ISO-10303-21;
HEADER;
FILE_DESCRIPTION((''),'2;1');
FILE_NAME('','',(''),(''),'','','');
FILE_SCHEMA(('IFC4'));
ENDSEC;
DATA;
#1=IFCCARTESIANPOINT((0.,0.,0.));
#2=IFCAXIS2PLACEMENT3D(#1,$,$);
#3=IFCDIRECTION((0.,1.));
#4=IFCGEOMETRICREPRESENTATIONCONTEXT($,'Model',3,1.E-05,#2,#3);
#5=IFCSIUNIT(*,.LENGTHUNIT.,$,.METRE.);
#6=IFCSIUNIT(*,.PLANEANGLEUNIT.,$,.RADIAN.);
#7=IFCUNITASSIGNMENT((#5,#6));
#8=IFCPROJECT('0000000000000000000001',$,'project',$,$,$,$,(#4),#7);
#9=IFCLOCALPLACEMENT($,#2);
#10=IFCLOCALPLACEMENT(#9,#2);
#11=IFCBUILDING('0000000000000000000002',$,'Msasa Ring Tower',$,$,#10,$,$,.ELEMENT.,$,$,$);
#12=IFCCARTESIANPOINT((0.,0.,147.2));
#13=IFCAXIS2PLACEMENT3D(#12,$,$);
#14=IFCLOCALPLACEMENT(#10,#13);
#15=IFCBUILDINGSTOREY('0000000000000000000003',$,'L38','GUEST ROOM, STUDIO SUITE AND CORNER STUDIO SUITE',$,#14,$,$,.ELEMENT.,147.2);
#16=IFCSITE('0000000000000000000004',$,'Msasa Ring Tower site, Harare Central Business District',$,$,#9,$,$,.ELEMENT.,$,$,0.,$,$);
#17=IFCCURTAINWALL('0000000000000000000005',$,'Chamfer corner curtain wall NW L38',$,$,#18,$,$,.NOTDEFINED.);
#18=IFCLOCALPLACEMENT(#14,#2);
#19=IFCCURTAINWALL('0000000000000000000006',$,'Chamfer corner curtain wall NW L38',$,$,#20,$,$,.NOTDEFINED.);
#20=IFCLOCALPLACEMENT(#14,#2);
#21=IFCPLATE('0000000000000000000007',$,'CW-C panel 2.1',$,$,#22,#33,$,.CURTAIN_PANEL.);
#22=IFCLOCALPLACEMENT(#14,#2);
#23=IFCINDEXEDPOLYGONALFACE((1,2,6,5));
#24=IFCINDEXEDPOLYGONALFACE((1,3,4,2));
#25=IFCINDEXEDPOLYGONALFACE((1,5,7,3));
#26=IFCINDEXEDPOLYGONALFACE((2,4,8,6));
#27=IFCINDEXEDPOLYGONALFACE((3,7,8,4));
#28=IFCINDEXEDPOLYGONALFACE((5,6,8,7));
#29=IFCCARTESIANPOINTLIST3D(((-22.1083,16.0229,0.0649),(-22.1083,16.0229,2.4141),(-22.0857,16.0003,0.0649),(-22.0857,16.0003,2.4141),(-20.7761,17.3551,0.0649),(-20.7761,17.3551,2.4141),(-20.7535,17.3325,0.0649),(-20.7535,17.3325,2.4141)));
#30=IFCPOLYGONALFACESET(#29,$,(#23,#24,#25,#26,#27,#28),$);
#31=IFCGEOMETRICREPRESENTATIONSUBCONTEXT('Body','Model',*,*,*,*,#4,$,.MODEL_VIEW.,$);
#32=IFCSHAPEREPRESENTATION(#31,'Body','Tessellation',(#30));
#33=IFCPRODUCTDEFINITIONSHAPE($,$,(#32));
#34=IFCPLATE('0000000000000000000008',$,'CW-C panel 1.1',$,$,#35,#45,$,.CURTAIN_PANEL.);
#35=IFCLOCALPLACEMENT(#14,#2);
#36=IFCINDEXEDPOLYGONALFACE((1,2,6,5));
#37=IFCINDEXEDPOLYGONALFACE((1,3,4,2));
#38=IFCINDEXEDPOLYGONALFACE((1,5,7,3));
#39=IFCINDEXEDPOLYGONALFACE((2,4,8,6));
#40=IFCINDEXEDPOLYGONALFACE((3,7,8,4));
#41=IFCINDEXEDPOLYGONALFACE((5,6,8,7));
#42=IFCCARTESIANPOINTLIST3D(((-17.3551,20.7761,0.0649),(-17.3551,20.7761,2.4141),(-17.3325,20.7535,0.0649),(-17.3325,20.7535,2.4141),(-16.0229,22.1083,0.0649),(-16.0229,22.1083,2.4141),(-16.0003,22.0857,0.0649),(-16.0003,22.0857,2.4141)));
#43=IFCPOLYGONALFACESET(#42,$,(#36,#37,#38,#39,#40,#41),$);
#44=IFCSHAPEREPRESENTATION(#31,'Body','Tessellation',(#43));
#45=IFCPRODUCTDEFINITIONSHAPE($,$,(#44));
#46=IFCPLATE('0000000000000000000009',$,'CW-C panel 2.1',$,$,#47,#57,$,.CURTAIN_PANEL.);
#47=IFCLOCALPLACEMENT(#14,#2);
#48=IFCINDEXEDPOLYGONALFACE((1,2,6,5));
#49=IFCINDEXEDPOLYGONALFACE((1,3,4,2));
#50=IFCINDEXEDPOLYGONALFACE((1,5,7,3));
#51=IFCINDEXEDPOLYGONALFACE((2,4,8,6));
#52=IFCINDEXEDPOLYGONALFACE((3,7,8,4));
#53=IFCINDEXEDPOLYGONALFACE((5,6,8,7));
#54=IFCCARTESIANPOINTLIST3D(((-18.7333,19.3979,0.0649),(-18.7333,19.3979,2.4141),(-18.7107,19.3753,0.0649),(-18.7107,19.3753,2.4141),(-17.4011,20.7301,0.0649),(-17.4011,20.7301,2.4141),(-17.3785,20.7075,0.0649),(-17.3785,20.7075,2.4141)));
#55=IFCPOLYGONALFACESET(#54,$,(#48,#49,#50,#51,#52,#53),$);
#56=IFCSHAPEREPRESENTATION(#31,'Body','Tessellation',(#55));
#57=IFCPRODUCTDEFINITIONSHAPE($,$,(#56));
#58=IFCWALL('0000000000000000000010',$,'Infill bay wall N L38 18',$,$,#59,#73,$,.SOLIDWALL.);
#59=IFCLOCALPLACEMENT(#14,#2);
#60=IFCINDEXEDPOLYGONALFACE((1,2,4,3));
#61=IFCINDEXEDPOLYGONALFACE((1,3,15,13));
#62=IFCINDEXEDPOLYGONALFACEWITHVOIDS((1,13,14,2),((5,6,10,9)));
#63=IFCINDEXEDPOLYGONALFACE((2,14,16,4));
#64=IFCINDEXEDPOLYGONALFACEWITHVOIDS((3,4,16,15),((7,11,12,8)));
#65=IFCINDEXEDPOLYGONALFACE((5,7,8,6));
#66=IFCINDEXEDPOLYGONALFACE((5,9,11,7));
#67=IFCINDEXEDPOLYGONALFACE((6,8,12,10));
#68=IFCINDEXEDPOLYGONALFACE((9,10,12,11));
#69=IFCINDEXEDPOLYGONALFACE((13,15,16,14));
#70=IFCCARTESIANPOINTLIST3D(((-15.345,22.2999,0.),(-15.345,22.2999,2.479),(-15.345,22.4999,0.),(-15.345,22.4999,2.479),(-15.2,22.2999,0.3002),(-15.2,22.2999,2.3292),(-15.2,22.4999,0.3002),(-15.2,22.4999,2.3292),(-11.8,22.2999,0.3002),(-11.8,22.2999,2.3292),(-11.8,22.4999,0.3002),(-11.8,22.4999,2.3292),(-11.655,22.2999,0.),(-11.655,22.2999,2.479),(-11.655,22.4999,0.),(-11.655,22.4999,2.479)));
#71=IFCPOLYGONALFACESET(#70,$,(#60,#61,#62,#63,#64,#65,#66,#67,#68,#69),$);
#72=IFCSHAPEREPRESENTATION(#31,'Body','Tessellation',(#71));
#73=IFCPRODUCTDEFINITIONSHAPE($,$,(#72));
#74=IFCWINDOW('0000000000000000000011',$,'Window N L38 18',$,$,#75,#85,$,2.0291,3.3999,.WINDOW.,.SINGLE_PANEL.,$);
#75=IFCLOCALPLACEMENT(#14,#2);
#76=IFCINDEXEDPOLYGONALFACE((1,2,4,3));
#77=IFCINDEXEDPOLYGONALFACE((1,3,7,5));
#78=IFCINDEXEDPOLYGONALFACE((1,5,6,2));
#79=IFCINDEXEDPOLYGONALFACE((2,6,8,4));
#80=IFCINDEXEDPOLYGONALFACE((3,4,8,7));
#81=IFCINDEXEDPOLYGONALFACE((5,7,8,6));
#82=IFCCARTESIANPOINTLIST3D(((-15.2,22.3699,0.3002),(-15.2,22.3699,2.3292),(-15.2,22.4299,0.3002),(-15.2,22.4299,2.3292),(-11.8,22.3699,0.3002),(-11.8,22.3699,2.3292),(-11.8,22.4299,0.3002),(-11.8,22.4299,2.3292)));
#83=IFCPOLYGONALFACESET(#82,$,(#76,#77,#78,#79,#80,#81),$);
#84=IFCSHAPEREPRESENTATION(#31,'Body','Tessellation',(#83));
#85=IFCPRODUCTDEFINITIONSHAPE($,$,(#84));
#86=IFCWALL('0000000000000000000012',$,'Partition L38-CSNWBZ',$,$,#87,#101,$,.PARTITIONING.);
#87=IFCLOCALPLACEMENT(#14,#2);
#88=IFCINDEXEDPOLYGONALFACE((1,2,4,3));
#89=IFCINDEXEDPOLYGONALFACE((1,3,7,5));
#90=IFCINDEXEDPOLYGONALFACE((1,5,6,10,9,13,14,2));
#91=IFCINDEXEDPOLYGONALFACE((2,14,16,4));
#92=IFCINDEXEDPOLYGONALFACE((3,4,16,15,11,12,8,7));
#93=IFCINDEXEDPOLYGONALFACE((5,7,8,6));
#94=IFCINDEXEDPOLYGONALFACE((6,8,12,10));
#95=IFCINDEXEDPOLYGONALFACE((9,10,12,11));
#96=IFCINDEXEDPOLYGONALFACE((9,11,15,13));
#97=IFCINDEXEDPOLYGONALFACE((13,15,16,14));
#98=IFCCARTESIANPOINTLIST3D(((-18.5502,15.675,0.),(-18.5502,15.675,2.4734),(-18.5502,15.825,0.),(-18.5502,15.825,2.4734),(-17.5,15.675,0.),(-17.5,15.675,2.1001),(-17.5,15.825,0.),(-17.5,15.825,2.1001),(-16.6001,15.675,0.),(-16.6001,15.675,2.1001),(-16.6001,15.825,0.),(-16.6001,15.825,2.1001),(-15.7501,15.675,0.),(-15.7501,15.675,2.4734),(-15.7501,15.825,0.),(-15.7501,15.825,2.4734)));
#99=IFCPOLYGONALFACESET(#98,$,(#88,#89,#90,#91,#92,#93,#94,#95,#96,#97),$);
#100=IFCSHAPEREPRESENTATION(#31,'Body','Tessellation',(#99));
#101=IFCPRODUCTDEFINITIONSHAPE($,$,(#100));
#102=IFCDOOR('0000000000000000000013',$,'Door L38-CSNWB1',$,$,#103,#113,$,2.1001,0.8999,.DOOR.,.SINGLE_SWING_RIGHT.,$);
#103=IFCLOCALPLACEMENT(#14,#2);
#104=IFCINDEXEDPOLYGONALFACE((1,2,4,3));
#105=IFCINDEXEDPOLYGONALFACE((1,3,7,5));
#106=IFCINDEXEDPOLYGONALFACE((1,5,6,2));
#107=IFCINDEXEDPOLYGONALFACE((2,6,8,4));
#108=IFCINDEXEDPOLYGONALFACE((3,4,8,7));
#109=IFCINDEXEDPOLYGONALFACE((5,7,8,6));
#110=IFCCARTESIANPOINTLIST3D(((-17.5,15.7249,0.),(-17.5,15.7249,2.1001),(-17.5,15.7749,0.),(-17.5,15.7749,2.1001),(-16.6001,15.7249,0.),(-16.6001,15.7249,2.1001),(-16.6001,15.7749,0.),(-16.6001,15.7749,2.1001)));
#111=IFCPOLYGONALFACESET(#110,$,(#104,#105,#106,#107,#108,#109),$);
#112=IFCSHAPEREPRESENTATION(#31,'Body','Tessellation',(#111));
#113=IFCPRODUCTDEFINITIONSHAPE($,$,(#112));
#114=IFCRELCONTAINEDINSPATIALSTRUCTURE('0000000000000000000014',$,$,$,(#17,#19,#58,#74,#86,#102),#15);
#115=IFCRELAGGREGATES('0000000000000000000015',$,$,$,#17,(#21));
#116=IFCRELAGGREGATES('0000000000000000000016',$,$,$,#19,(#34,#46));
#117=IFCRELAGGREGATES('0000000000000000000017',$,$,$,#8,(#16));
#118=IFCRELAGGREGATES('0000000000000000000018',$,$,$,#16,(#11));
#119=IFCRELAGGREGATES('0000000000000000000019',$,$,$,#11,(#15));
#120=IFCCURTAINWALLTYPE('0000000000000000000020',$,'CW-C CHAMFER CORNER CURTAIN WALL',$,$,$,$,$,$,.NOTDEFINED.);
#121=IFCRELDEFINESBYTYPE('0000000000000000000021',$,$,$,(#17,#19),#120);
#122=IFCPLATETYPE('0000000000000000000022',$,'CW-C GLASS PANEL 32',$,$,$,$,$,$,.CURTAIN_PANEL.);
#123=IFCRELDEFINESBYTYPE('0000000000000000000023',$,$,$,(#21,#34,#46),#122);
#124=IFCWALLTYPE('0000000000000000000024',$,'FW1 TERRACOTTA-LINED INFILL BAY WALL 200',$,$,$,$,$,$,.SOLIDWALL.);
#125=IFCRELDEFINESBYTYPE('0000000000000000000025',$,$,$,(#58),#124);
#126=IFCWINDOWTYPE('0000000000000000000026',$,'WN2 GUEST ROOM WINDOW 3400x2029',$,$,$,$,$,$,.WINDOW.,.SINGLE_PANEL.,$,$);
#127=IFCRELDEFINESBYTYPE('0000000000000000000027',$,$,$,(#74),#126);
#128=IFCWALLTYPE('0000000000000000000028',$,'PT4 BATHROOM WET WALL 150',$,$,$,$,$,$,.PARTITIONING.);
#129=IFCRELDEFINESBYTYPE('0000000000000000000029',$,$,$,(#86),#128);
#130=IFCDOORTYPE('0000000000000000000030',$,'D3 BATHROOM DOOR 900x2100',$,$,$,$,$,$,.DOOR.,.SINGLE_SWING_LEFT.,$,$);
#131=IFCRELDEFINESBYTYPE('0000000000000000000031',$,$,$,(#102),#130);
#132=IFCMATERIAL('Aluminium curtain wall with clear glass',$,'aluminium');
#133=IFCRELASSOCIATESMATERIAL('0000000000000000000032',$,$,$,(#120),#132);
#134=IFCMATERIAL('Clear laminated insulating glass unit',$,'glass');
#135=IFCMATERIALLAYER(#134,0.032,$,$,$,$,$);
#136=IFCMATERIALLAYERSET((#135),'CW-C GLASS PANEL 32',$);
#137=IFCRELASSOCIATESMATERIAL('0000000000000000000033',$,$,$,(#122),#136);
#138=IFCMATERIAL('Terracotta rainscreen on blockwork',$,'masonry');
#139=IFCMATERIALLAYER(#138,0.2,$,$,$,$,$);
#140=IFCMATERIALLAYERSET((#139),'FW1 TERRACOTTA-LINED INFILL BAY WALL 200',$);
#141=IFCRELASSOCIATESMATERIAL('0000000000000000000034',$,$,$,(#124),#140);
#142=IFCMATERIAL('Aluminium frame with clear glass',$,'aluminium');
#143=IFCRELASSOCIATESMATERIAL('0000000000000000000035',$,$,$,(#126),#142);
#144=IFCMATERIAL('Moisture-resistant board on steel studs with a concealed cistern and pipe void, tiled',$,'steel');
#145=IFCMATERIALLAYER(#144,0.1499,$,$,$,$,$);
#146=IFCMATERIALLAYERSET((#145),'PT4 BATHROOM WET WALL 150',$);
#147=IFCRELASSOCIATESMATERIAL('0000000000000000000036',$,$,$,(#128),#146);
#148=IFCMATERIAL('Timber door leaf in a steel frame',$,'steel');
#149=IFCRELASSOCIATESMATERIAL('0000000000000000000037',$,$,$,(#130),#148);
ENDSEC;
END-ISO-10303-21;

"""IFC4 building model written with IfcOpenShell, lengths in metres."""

from ifc_helpers import new_model, si_unit, direction, frame, frame_2d, origin, origin_2d, place, context, subcontext, project, spatial, rectangle, extrude, material, layer, layer_set, type_object, element, fill, aggregate, save


model = new_model("IFC4")

# Units and contexts
model_context = context("Model", 3, precision=1e-05, world=origin(), true_north=direction((0.0, 1.0)))
body_context = subcontext(model_context, "Body", "Model", "MODEL_VIEW")
ifc_project = project(units=[si_unit("LENGTHUNIT", "METRE"), si_unit("PLANEANGLEUNIT", "RADIAN")], contexts=[model_context])

# Site, building, storey
site_placement = place(None, origin())
site = spatial("IfcSite", under=ifc_project, at=site_placement, Name="Msasa Ring Tower site, Harare Central Business District", CompositionType="ELEMENT", RefElevation=0.0)
building_placement = place(site_placement, origin())
building = spatial("IfcBuilding", under=site, at=building_placement, Name="Msasa Ring Tower", CompositionType="ELEMENT")
storey_placement = place(building_placement, frame((0.0, 0.0, 147.2)))
storey = spatial("IfcBuildingStorey", under=building, at=storey_placement, Name="L38", Description="GUEST ROOM, STUDIO SUITE AND CORNER STUDIO SUITE", CompositionType="ELEMENT", Elevation=147.2)

# Curtain walls
ifc_material_1 = material(Name="Aluminium curtain wall with clear glass", Category="aluminium")
curtain_wall_type = type_object("IfcCurtainWallType", Name="CW-C CHAMFER CORNER CURTAIN WALL", PredefinedType="NOTDEFINED", material=ifc_material_1)
curtain_wall_1_placement = place(storey_placement, origin())
curtain_wall_1 = element("IfcCurtainWall", 1, at=curtain_wall_1_placement, inside=storey, type_object=curtain_wall_type, Name="Chamfer corner curtain wall NW L38", PredefinedType="NOTDEFINED")
curtain_wall_2_placement = place(storey_placement, origin())
curtain_wall_2 = element("IfcCurtainWall", 2, at=curtain_wall_2_placement, inside=storey, type_object=curtain_wall_type, Name="Chamfer corner curtain wall NW L38", PredefinedType="NOTDEFINED")

# Plates
ifc_material_2 = material(Name="Clear laminated insulating glass unit", Category="glass")
ifc_layer_1 = layer(ifc_material_2, 0.032)
ifc_layer_set_1 = layer_set([ifc_layer_1], Name="CW-C GLASS PANEL 32")
plate_type = type_object("IfcPlateType", Name="CW-C GLASS PANEL 32", PredefinedType="CURTAIN_PANEL", material=ifc_layer_set_1)
plate_1_placement = place(storey_placement, frame((-21.4309, 16.6777, 0.0649), z_axis=(0.0, 0.0, 1.0), x_axis=(-0.707107, -0.707107, 0.0)))
plate_1 = element("IfcPlate", 3, at=plate_1_placement, type_object=plate_type, Name="CW-C panel 2.1", PredefinedType="CURTAIN_PANEL", context=body_context, shape_type="SweptSolid", body=[
    extrude(rectangle(XDim=1.884, YDim=0.032, at=origin_2d()), origin(), (0.0, 0.0, 1.0), 2.3491),
])
aggregate(curtain_wall_1, [plate_1])
plate_2_placement = place(storey_placement, frame((-16.6777, 21.4309, 0.0649), z_axis=(0.0, 0.0, 1.0), x_axis=(-0.707107, -0.707107, 0.0)))
plate_2 = element("IfcPlate", 4, at=plate_2_placement, type_object=plate_type, Name="CW-C panel 1.1", PredefinedType="CURTAIN_PANEL", context=body_context, shape_type="SweptSolid", body=[
    extrude(rectangle(XDim=1.884, YDim=0.032, at=origin_2d()), origin(), (0.0, 0.0, 1.0), 2.3491),
])
plate_3_placement = place(storey_placement, frame((-18.0559, 20.0527, 0.0649), z_axis=(0.0, 0.0, 1.0), x_axis=(-0.707107, -0.707107, 0.0)))
plate_3 = element("IfcPlate", 5, at=plate_3_placement, type_object=plate_type, Name="CW-C panel 2.1", PredefinedType="CURTAIN_PANEL", context=body_context, shape_type="SweptSolid", body=[
    extrude(rectangle(XDim=1.884, YDim=0.032, at=origin_2d()), origin(), (0.0, 0.0, 1.0), 2.3491),
])
aggregate(curtain_wall_2, [plate_2, plate_3])

# Wall, opening, window
ifc_material_3 = material(Name="Terracotta rainscreen on blockwork", Category="masonry")
ifc_layer_2 = layer(ifc_material_3, 0.2)
ifc_layer_set_2 = layer_set([ifc_layer_2], Name="FW1 TERRACOTTA-LINED INFILL BAY WALL 200")
wall_type_1 = type_object("IfcWallType", Name="FW1 TERRACOTTA-LINED INFILL BAY WALL 200", PredefinedType="SOLIDWALL", material=ifc_layer_set_2)
wall_1_placement = place(storey_placement, frame((-15.345, 22.3999, 0.0), z_axis=(0.0, 0.0, 1.0), x_axis=(1.0, 0.0, 0.0)))
wall_1 = element("IfcWall", 6, at=wall_1_placement, inside=storey, type_object=wall_type_1, Name="Infill bay wall N L38 18", PredefinedType="SOLIDWALL", context=body_context, shape_type="SweptSolid", body=[
    extrude(rectangle(XDim=3.6899, YDim=0.2, at=frame_2d((1.845, 0.0))), origin(), (0.0, 0.0, 1.0), 2.479),
])
opening_1_placement = place(wall_1_placement, frame((0.145, 0.0, 0.3)))
opening_1 = element("IfcOpeningElement", 7, at=opening_1_placement, cuts=wall_1, PredefinedType="OPENING", context=body_context, shape_type="SweptSolid", body=[
    extrude(rectangle(XDim=3.3999, YDim=2.0291, at=frame_2d((1.7, 1.0146))), frame((0.0, 0.1099, 0.0), z_axis=(0.0, -1.0, 0.0), x_axis=(1.0, 0.0, 0.0)), (0.0, 0.0, 1.0), 0.22),
])
ifc_material_4 = material(Name="Aluminium frame with clear glass", Category="aluminium")
window_type = type_object("IfcWindowType", Name="WN2 GUEST ROOM WINDOW 3400x2029", PartitioningType="SINGLE_PANEL", PredefinedType="WINDOW", material=ifc_material_4)
window_placement = place(opening_1_placement, origin())
window = element("IfcWindow", 8, at=window_placement, inside=storey, type_object=window_type, Name="Window N L38 18", OverallHeight=2.0291, OverallWidth=3.3999, PartitioningType="SINGLE_PANEL", PredefinedType="WINDOW", context=body_context, shape_type="SweptSolid", body=[
    extrude(rectangle(XDim=3.3999, YDim=2.0291, at=frame_2d((1.7, 1.0146))), frame((0.0, 0.03, 0.0), z_axis=(0.0, -1.0, 0.0), x_axis=(1.0, 0.0, 0.0)), (0.0, 0.0, 1.0), 0.0601),
])
fill(opening_1, window)

# Wall, opening, door
ifc_material_5 = material(Name="Moisture-resistant board on steel studs with a concealed cistern and pipe void, tiled", Category="steel")
ifc_layer_3 = layer(ifc_material_5, 0.1499)
ifc_layer_set_3 = layer_set([ifc_layer_3], Name="PT4 BATHROOM WET WALL 150")
wall_type_2 = type_object("IfcWallType", Name="PT4 BATHROOM WET WALL 150", PredefinedType="PARTITIONING", material=ifc_layer_set_3)
wall_2_placement = place(storey_placement, frame((-18.55, 15.75, 0.0), z_axis=(0.0, 0.0, 1.0), x_axis=(1.0, 0.0, 0.0)))
wall_2 = element("IfcWall", 9, at=wall_2_placement, inside=storey, type_object=wall_type_2, Name="Partition L38-CSNWBZ", PredefinedType="PARTITIONING", context=body_context, shape_type="SweptSolid", body=[
    extrude(rectangle(XDim=2.8, YDim=0.1499, at=frame_2d((1.3999, 0.0))), origin(), (0.0, 0.0, 1.0), 2.4734),
])
opening_2_placement = place(wall_2_placement, frame((1.05, 0.0, 0.0)))
opening_2 = element("IfcOpeningElement", 10, at=opening_2_placement, cuts=wall_2, PredefinedType="OPENING", context=body_context, shape_type="SweptSolid", body=[
    extrude(rectangle(XDim=0.8999, YDim=2.1001, at=frame_2d((0.45, 1.05))), frame((0.0, 0.085, 0.0), z_axis=(0.0, -1.0, 0.0), x_axis=(1.0, 0.0, 0.0)), (0.0, 0.0, 1.0), 0.1699),
])
ifc_material_6 = material(Name="Timber door leaf in a steel frame", Category="steel")
door_type = type_object("IfcDoorType", Name="D3 BATHROOM DOOR 900x2100", OperationType="SINGLE_SWING_LEFT", PredefinedType="DOOR", material=ifc_material_6)
door_placement = place(opening_2_placement, origin())
door = element("IfcDoor", 11, at=door_placement, inside=storey, type_object=door_type, Name="Door L38-CSNWB1", OperationType="SINGLE_SWING_RIGHT", OverallHeight=2.1001, OverallWidth=0.8999, PredefinedType="DOOR", context=body_context, shape_type="SweptSolid", body=[
    extrude(rectangle(XDim=0.8999, YDim=2.1001, at=frame_2d((0.45, 1.05))), frame((0.0, 0.0249, 0.0), z_axis=(0.0, -1.0, 0.0), x_axis=(1.0, 0.0, 0.0)), (0.0, 0.0, 1.0), 0.05),
])
fill(opening_2, door)

save(model, "model.ifc")
